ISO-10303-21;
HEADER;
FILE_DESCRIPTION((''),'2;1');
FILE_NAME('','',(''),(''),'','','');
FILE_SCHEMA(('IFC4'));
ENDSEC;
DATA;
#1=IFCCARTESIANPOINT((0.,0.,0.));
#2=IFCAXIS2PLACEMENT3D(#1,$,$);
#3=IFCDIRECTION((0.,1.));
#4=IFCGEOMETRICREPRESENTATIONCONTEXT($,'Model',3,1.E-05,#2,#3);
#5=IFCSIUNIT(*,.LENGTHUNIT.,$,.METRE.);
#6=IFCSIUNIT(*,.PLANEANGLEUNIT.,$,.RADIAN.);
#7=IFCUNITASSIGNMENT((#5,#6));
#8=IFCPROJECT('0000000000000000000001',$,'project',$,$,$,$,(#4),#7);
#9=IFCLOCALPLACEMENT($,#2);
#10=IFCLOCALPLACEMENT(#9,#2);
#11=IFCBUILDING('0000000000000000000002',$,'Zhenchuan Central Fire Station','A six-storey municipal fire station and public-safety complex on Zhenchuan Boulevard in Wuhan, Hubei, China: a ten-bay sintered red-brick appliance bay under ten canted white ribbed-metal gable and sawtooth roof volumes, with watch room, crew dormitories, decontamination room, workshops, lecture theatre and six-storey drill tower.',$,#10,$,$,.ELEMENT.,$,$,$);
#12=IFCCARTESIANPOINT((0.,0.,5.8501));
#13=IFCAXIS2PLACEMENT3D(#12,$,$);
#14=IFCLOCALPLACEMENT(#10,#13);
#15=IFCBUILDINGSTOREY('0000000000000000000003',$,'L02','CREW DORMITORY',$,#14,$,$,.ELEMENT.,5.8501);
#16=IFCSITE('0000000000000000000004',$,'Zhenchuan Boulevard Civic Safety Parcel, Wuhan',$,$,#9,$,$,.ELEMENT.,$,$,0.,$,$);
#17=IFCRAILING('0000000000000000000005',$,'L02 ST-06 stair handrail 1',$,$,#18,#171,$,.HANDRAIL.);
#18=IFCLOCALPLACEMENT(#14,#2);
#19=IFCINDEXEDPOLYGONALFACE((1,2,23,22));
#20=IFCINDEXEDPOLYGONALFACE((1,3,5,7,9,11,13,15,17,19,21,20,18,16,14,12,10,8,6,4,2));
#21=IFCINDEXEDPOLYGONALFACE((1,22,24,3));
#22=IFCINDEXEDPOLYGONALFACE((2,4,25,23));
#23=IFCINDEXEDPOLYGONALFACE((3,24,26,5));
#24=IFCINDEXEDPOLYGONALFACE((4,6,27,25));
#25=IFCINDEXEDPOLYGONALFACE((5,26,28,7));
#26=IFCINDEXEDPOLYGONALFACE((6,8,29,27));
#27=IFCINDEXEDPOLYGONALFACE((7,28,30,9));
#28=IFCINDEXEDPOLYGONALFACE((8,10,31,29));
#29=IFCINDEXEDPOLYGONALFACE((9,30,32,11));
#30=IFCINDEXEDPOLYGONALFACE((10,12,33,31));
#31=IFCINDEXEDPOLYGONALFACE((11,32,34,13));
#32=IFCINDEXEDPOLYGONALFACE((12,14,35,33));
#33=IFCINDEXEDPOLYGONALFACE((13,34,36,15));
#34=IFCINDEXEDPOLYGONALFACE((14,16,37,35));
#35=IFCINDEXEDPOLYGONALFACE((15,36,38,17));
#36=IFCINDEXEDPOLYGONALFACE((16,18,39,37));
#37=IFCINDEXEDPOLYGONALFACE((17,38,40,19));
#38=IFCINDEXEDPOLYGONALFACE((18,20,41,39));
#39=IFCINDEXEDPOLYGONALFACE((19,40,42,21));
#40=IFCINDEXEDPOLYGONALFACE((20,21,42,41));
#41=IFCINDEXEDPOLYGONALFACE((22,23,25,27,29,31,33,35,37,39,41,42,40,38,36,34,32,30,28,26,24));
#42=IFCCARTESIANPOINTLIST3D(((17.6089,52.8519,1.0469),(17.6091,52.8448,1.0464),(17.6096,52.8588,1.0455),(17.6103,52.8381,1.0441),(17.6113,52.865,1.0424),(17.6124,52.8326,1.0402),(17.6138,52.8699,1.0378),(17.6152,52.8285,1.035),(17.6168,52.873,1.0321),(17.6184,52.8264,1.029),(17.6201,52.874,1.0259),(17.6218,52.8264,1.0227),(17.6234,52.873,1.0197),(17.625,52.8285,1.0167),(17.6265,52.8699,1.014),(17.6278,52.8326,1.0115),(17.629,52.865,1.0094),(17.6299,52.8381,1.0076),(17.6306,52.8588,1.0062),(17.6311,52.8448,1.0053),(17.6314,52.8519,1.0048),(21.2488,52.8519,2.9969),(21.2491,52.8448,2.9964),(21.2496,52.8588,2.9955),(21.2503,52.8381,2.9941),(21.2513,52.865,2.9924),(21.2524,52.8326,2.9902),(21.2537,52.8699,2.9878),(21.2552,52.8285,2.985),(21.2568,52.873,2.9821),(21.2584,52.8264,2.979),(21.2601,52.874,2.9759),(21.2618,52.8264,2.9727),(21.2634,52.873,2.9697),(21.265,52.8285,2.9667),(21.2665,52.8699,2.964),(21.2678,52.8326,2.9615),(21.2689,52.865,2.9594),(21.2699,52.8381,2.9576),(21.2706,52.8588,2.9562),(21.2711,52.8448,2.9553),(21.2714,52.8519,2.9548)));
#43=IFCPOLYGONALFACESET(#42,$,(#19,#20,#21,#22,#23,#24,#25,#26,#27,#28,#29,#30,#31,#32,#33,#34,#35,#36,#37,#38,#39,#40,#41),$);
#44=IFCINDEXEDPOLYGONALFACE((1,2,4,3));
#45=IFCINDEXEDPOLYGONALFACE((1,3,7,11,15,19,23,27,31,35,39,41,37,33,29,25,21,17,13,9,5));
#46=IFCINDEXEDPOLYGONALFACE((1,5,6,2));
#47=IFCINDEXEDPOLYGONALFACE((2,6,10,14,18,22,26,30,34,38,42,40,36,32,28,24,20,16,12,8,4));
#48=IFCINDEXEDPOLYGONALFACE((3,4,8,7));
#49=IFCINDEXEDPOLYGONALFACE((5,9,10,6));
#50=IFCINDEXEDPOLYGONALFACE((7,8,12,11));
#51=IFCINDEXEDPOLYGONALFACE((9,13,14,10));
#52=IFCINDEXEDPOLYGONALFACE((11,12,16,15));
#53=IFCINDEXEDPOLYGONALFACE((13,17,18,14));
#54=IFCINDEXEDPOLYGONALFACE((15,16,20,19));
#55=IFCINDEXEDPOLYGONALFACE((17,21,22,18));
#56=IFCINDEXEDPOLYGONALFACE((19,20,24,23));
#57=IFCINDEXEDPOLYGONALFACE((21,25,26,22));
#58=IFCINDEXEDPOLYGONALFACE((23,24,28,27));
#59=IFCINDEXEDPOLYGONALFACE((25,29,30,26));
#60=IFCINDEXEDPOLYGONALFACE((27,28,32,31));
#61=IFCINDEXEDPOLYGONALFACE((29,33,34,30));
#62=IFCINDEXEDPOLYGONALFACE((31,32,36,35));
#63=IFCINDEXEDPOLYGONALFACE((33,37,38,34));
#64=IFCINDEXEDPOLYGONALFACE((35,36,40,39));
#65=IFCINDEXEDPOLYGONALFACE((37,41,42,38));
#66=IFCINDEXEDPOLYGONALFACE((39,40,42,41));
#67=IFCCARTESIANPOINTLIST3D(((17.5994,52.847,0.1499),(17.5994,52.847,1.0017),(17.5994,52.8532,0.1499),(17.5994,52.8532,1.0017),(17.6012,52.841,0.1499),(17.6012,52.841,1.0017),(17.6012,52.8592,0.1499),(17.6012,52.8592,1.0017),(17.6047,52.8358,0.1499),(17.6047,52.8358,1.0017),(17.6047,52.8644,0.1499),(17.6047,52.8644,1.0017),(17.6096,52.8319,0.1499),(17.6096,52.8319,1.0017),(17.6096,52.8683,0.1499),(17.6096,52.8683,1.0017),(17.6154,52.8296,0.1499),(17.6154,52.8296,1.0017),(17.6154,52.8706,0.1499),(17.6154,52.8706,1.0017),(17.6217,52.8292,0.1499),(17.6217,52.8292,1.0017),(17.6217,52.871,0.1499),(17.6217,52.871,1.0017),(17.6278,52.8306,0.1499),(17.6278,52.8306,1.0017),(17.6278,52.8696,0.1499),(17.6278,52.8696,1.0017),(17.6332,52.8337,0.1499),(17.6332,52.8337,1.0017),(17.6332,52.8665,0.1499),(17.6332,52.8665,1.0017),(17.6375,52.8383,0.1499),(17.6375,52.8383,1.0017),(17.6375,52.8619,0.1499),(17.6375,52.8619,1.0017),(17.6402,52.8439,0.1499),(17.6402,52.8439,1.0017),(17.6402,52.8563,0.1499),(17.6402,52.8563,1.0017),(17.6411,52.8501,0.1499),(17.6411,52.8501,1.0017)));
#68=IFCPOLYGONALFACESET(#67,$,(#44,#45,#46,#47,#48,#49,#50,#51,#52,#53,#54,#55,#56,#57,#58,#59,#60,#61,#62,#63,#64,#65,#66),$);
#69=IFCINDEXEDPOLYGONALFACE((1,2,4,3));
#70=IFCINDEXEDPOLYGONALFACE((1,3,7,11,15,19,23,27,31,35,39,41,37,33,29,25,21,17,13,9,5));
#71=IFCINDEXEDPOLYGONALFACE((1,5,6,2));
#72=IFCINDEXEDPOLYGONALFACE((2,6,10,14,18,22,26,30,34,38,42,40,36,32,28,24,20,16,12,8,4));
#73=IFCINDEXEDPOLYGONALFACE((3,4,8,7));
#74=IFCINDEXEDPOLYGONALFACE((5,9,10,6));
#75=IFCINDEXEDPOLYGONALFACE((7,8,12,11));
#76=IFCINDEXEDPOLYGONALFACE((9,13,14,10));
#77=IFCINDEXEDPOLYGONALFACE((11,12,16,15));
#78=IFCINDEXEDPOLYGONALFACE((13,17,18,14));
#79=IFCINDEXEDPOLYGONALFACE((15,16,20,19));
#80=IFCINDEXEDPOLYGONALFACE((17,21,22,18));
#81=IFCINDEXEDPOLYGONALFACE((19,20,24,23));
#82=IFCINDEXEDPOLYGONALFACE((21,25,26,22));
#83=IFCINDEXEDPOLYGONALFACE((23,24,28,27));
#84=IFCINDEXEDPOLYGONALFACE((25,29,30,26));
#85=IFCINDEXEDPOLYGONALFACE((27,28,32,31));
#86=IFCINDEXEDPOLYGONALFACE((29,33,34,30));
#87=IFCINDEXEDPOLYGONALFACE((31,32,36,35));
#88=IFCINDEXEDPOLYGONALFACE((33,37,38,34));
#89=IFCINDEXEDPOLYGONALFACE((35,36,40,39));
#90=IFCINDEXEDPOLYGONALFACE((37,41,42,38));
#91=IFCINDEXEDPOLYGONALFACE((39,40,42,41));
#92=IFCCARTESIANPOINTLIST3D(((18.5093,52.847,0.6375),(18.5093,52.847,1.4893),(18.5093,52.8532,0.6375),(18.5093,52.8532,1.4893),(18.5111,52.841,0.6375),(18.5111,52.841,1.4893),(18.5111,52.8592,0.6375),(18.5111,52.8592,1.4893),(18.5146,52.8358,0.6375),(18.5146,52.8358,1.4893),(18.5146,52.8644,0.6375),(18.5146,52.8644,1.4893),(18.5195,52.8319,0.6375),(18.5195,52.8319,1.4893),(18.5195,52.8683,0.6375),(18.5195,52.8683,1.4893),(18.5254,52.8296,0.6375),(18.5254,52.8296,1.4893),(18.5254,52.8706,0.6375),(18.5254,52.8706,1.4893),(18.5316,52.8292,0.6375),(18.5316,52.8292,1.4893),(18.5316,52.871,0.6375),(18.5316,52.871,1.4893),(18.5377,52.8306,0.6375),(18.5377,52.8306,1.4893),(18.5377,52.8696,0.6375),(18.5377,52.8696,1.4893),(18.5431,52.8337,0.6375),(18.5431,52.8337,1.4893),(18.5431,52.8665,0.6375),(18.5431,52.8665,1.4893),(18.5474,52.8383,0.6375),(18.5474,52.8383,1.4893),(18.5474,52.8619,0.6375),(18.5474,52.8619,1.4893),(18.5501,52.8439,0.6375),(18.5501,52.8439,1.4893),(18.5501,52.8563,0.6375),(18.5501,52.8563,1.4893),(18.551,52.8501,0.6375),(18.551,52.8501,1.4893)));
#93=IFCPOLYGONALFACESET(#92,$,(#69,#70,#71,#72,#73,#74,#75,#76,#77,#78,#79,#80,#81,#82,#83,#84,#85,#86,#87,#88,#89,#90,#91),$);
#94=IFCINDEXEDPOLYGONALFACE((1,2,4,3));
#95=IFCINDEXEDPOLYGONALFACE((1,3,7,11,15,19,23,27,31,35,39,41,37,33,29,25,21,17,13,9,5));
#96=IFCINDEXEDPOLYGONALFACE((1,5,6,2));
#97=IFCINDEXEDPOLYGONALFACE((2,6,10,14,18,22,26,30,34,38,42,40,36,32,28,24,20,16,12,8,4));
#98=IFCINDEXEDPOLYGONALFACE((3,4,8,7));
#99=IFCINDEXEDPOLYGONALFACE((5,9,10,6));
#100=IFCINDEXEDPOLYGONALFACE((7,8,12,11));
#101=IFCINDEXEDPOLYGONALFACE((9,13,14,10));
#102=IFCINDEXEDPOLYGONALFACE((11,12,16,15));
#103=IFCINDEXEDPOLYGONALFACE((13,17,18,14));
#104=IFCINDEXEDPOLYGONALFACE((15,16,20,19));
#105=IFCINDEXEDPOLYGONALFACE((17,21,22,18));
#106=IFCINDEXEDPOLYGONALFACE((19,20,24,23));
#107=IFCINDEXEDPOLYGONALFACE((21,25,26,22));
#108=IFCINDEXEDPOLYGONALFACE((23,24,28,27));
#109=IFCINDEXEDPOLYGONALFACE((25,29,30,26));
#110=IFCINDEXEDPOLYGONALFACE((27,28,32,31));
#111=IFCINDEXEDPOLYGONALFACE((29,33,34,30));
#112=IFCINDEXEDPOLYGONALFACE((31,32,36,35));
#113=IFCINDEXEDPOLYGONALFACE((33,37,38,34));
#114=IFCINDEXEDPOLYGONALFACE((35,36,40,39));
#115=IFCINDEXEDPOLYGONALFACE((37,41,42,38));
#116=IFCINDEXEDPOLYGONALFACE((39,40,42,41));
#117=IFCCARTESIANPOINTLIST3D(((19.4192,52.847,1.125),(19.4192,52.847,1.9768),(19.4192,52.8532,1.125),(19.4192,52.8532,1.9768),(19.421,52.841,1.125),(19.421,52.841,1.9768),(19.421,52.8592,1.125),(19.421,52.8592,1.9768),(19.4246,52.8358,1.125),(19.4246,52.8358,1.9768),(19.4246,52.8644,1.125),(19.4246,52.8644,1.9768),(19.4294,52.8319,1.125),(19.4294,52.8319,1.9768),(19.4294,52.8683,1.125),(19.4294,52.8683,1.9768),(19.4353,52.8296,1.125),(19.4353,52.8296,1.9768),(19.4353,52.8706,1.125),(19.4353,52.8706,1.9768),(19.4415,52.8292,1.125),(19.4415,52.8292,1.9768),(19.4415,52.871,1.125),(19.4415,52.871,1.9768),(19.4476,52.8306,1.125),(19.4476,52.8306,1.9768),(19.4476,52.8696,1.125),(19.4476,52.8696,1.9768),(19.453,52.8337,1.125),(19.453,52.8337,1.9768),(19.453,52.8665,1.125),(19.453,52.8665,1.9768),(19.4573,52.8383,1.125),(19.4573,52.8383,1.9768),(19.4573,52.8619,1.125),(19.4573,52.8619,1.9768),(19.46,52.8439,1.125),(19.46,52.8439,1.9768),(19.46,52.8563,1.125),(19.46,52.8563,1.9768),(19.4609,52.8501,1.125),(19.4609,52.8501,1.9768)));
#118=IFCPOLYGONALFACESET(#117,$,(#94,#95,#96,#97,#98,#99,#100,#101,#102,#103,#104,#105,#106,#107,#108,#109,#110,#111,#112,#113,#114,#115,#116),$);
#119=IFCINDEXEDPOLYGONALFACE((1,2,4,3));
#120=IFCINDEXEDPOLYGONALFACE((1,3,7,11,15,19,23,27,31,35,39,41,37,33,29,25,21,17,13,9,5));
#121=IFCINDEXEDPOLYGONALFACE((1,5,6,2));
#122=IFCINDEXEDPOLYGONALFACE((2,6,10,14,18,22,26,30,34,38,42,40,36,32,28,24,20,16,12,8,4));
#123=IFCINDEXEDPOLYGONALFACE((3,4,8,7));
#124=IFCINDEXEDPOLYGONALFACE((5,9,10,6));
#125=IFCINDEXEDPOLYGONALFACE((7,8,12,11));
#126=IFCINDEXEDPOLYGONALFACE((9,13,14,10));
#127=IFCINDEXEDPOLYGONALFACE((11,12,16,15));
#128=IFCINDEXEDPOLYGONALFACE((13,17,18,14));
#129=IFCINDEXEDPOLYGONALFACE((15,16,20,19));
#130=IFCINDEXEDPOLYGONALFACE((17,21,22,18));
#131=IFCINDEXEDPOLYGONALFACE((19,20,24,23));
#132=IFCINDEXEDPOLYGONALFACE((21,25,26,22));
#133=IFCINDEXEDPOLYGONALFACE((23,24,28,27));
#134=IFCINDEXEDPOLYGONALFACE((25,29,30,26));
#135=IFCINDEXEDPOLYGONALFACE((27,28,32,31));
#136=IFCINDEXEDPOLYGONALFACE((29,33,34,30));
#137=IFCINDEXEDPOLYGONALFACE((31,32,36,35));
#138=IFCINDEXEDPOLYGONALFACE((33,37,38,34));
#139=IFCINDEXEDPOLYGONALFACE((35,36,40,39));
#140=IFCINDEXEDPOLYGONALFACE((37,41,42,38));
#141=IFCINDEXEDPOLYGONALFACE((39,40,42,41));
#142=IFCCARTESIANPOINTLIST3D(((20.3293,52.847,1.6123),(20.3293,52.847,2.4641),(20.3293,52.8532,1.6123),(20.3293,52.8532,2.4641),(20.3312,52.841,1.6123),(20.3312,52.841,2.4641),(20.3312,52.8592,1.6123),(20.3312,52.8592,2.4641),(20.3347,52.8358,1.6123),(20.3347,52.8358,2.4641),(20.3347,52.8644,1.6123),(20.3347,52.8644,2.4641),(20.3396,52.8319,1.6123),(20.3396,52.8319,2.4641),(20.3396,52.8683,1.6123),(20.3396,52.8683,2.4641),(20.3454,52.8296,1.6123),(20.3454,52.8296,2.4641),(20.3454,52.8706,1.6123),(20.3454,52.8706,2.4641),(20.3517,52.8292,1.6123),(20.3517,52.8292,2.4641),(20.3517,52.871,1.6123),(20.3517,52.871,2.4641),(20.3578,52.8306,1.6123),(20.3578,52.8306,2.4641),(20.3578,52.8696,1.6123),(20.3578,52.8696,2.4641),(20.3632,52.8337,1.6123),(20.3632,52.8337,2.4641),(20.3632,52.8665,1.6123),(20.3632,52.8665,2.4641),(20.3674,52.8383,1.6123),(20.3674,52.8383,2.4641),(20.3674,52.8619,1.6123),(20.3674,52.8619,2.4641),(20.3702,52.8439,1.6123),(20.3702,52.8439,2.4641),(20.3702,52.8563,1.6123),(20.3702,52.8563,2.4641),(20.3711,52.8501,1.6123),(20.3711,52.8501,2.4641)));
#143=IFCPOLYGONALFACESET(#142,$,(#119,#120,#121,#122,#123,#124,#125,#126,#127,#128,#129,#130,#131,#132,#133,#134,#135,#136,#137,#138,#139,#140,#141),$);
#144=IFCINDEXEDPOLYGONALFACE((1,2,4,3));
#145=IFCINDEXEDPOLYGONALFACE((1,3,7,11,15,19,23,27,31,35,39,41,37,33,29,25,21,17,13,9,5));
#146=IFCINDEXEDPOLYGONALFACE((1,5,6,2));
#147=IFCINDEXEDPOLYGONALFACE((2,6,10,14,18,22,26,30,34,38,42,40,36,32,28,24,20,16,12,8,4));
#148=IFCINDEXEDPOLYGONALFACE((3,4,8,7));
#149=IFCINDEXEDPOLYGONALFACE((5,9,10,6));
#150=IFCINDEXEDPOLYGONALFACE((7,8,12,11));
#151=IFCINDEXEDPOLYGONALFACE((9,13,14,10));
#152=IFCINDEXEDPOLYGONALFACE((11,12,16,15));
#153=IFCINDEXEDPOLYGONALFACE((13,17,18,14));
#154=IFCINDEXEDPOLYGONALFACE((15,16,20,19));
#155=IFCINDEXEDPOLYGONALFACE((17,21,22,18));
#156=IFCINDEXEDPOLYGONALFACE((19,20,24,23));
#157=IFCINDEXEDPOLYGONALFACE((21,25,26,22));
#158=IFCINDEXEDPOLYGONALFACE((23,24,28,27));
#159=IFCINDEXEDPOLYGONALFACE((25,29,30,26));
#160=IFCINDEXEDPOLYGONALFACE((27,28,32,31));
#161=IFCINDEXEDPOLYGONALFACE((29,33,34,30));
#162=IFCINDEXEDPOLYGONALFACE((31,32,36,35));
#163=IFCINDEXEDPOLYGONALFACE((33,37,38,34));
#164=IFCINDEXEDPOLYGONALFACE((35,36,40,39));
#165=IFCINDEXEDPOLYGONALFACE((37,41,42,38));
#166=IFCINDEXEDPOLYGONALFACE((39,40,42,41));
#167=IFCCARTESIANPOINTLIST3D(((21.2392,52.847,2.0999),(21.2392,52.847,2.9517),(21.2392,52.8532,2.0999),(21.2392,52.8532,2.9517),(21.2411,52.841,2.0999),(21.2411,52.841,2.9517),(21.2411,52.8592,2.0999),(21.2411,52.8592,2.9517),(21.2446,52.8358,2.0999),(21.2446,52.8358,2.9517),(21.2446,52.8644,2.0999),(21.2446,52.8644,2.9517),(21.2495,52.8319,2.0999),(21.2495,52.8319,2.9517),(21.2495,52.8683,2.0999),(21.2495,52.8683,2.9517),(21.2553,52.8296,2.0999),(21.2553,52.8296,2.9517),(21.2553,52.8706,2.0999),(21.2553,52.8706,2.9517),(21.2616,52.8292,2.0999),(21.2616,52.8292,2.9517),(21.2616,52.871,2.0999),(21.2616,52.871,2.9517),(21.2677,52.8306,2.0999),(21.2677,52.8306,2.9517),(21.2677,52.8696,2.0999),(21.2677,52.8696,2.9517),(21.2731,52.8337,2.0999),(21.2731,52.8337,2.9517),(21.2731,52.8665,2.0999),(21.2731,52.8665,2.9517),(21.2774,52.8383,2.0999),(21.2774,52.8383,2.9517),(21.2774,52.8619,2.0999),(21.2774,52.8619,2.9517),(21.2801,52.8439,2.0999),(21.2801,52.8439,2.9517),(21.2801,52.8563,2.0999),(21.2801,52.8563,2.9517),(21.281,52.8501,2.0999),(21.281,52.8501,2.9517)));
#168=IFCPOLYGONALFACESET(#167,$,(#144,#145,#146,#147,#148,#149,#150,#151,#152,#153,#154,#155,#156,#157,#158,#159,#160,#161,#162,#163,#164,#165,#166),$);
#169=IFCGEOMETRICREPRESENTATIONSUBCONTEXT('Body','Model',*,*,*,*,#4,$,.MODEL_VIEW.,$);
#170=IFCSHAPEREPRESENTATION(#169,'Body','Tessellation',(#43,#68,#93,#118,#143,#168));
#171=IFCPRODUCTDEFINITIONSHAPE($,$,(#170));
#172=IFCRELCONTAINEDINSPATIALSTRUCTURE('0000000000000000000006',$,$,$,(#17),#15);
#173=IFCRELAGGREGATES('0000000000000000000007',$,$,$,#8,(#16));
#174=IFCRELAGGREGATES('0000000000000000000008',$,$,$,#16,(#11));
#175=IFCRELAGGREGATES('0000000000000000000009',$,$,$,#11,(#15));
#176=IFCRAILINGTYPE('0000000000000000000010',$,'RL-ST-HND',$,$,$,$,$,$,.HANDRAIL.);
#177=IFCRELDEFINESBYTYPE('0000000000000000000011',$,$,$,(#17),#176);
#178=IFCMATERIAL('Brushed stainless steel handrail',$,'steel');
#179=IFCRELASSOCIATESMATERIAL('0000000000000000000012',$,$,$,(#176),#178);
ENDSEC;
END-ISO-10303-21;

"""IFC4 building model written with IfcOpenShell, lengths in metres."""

from ifc_helpers import new_model, si_unit, direction, frame, origin, origin_2d, place, context, subcontext, project, spatial, circle, extrude, material, type_object, element, save


model = new_model("IFC4")

# Units and contexts
model_context = context("Model", 3, precision=1e-05, world=origin(), true_north=direction((0.0, 1.0)))
body_context = subcontext(model_context, "Body", "Model", "MODEL_VIEW")
ifc_project = project(units=[si_unit("LENGTHUNIT", "METRE"), si_unit("PLANEANGLEUNIT", "RADIAN")], contexts=[model_context])

# Site, building, storey
site_placement = place(None, origin())
site = spatial("IfcSite", under=ifc_project, at=site_placement, Name="Zhenchuan Boulevard Civic Safety Parcel, Wuhan", CompositionType="ELEMENT", RefElevation=0.0)
building_placement = place(site_placement, origin())
building = spatial("IfcBuilding", under=site, at=building_placement, Name="Zhenchuan Central Fire Station", Description="A six-storey municipal fire station and public-safety complex on Zhenchuan Boulevard in Wuhan, Hubei, China: a ten-bay sintered red-brick appliance bay under ten canted white ribbed-metal gable and sawtooth roof volumes, with watch room, crew dormitories, decontamination room, workshops, lecture theatre and six-storey drill tower.", CompositionType="ELEMENT")
storey_placement = place(building_placement, frame((0.0, 0.0, 5.8501)))
storey = spatial("IfcBuildingStorey", under=building, at=storey_placement, Name="L02", Description="CREW DORMITORY", CompositionType="ELEMENT", Elevation=5.8501)

# Railing
ifc_material_1 = material(Name="Brushed stainless steel handrail", Category="steel")
railing_type_1 = type_object("IfcRailingType", Name="RL-ST-HND", PredefinedType="HANDRAIL", material=ifc_material_1)
railing_1_placement = place(storey_placement, frame((17.6201, 52.8501, 0.1499)))
element("IfcRailing", 1, at=railing_1_placement, inside=storey, type_object=railing_type_1, Name="L02 ST-06 stair handrail 1", PredefinedType="HANDRAIL", context=body_context, shape_type="SweptSolid", body=[
    extrude(circle(Radius=0.0239, at=origin_2d()), frame((0.0, 0.0, 0.876), z_axis=(0.881479, 0.0, 0.472223), x_axis=(0.0, 1.0, 0.0)), (0.0, 0.0, 1.0), 4.1294),
    extrude(circle(Radius=0.021, at=origin_2d()), origin(), (0.0, 0.0, 1.0), 0.8518),
    extrude(circle(Radius=0.021, at=origin_2d()), frame((0.9099, 0.0, 0.4875)), (0.0, 0.0, 1.0), 0.8518),
    extrude(circle(Radius=0.021, at=origin_2d()), frame((1.8198, 0.0, 0.9751)), (0.0, 0.0, 1.0), 0.8518),
    extrude(circle(Radius=0.021, at=origin_2d()), frame((2.73, 0.0, 1.4624)), (0.0, 0.0, 1.0), 0.8518),
    extrude(circle(Radius=0.021, at=origin_2d()), frame((3.6399, 0.0, 1.95)), (0.0, 0.0, 1.0), 0.8518),
])

save(model, "model.ifc")
